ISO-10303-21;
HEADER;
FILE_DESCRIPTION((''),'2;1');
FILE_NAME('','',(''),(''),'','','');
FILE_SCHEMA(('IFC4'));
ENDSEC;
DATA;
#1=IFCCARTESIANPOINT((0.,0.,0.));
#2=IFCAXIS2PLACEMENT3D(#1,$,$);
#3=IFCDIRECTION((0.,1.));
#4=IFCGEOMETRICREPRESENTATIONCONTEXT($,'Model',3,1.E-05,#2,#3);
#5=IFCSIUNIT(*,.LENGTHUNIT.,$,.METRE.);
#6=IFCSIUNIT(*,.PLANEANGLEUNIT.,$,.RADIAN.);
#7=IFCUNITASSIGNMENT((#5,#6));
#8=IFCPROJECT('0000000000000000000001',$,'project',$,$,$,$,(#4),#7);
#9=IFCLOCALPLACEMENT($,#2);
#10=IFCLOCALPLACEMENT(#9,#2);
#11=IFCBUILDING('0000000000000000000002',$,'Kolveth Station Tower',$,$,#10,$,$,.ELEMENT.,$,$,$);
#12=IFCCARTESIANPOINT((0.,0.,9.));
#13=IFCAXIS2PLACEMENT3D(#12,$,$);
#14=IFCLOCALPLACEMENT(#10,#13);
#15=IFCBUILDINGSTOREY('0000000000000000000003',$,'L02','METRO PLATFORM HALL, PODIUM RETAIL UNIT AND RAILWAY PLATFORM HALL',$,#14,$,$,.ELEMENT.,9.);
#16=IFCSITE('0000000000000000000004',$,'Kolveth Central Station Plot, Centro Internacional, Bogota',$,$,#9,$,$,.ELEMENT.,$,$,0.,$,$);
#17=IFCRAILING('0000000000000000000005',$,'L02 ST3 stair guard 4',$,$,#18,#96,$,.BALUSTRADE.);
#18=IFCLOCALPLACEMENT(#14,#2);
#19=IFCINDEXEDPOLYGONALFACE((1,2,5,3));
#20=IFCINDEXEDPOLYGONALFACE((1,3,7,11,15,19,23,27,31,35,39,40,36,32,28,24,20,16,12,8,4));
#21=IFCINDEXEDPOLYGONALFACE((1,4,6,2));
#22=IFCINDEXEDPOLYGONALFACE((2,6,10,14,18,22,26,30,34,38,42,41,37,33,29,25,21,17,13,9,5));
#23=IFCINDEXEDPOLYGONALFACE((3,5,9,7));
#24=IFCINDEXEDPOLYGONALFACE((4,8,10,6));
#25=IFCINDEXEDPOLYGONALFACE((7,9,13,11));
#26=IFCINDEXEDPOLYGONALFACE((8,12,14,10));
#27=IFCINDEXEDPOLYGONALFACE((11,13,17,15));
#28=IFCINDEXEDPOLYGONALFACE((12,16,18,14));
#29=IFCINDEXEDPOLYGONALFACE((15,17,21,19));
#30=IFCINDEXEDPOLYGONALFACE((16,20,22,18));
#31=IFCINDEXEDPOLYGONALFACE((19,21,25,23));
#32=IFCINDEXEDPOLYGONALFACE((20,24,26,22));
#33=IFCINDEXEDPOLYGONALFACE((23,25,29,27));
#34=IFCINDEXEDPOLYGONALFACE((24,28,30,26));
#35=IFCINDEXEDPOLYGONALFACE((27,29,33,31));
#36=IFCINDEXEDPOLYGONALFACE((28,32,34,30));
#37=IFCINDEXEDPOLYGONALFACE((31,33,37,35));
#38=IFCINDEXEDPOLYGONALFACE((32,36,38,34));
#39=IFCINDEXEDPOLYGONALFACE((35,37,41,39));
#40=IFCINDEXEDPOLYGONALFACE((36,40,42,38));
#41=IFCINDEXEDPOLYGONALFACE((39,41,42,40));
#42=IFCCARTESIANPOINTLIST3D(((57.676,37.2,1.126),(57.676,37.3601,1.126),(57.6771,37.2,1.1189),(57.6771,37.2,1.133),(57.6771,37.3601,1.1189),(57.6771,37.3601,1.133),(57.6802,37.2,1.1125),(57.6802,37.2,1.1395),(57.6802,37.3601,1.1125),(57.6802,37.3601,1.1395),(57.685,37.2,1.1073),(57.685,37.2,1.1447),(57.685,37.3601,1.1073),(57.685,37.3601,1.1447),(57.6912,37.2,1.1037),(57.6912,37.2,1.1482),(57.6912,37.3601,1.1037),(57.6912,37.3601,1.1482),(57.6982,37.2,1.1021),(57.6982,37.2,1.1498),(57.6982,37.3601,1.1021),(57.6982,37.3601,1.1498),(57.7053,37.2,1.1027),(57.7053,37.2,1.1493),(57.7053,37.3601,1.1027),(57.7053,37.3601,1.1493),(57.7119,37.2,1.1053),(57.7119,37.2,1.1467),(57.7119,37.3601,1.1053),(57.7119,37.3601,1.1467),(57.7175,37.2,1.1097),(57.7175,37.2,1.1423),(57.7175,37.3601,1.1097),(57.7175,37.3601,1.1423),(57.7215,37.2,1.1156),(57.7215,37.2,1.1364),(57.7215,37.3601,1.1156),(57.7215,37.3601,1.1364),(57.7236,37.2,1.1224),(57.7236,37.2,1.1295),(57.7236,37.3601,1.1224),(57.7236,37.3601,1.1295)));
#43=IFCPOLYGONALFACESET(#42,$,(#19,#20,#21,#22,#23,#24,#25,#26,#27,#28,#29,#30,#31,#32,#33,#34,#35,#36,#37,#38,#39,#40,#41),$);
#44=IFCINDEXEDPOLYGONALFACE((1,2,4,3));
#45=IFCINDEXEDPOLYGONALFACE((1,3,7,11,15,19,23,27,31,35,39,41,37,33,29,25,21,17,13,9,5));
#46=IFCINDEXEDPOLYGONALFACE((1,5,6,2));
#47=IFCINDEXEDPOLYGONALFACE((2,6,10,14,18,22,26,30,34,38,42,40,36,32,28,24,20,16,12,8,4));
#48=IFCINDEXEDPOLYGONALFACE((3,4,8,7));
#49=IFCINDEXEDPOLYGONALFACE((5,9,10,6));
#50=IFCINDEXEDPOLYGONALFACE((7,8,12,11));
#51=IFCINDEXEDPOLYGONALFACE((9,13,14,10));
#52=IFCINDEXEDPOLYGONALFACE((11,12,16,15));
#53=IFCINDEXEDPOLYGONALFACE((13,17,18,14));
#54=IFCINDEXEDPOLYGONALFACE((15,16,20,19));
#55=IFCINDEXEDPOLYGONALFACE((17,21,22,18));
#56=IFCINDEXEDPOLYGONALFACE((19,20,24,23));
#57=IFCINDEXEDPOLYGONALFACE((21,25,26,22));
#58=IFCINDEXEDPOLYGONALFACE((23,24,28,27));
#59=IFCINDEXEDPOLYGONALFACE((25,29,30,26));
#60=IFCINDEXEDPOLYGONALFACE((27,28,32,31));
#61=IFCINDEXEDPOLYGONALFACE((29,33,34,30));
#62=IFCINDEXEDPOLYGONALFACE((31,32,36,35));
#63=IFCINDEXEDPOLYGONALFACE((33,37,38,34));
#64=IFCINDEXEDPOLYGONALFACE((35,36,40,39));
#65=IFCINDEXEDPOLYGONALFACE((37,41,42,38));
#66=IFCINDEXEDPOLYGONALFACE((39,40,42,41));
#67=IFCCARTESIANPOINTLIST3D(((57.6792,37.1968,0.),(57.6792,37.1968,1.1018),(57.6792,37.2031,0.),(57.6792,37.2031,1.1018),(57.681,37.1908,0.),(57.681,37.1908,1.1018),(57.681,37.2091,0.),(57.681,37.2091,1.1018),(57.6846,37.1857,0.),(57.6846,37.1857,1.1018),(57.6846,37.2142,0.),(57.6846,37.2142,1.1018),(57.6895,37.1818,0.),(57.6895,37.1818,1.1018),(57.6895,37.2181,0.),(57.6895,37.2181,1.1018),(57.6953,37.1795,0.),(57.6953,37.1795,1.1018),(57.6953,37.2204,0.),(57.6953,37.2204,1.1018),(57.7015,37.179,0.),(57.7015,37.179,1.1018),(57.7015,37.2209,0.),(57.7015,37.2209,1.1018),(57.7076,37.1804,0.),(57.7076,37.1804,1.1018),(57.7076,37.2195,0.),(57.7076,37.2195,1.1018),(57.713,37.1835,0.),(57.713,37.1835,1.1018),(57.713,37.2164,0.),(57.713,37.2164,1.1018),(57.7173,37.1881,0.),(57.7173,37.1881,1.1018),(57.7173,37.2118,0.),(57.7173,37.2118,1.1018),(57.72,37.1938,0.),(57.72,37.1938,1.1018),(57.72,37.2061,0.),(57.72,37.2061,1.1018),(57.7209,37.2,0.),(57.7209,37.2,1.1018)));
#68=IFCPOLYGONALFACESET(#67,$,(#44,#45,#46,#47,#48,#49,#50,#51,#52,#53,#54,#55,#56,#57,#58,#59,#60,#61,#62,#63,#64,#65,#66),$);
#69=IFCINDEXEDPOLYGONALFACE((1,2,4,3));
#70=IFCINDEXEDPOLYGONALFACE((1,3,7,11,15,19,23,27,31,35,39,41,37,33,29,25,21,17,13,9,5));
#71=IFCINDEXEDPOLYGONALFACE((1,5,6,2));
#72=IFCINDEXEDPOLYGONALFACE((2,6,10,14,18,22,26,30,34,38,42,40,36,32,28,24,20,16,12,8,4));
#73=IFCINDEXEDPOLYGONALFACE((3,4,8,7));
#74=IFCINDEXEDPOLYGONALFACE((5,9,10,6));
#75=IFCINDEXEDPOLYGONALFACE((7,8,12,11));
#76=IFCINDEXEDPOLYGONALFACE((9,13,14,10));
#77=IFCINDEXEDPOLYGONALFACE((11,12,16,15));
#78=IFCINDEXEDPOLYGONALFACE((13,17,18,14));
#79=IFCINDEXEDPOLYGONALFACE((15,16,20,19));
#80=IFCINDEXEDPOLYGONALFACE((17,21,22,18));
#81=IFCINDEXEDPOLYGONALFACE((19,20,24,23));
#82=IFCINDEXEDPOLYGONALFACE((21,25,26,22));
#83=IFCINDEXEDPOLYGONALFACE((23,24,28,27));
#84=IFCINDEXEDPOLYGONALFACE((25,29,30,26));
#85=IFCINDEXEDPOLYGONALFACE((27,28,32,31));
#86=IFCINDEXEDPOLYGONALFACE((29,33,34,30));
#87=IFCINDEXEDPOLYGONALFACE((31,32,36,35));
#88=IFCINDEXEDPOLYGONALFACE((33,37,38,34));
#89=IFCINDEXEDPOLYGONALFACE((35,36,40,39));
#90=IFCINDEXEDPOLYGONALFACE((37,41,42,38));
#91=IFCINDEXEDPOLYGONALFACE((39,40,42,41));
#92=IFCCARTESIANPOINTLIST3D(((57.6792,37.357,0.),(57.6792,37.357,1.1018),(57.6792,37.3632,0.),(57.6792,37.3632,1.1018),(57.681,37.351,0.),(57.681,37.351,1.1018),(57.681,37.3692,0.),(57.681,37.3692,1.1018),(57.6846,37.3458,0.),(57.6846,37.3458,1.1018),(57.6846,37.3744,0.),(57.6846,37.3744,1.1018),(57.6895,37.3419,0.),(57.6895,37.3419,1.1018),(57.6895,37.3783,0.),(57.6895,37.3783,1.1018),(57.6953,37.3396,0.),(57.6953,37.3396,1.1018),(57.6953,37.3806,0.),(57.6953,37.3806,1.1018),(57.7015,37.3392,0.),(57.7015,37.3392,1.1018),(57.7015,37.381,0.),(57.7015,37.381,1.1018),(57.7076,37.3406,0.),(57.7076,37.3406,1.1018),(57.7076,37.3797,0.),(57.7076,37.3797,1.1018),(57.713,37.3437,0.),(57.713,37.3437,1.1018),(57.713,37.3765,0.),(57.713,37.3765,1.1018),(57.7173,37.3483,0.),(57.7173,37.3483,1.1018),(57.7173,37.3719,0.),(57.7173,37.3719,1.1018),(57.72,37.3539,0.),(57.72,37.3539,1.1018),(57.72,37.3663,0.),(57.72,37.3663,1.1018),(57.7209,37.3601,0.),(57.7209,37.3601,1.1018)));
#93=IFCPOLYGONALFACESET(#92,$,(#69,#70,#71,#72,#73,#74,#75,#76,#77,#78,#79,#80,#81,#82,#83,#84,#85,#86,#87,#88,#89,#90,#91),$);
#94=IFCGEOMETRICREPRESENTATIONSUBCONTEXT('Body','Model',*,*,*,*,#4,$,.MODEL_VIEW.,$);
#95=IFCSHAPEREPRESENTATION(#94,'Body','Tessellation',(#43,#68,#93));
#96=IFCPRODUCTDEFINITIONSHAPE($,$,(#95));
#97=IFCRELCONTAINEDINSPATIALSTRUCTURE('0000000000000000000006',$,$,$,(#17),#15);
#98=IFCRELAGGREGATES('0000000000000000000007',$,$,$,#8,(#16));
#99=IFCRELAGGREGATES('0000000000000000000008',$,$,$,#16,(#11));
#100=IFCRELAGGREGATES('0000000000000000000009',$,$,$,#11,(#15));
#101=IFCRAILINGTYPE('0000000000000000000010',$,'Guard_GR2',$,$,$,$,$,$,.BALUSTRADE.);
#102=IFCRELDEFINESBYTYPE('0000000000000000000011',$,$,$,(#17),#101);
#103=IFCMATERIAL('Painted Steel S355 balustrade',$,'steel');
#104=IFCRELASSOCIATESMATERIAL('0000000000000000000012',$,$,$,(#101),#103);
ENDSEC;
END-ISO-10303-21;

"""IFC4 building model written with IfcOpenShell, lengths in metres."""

from ifc_helpers import new_model, si_unit, direction, frame, origin, origin_2d, place, context, subcontext, project, spatial, circle, extrude, material, type_object, element, save


model = new_model("IFC4")

# Units and contexts
model_context = context("Model", 3, precision=1e-05, world=origin(), true_north=direction((0.0, 1.0)))
body_context = subcontext(model_context, "Body", "Model", "MODEL_VIEW")
ifc_project = project(units=[si_unit("LENGTHUNIT", "METRE"), si_unit("PLANEANGLEUNIT", "RADIAN")], contexts=[model_context])

# Site, building, storey
site_placement = place(None, origin())
site = spatial("IfcSite", under=ifc_project, at=site_placement, Name="Kolveth Central Station Plot, Centro Internacional, Bogota", CompositionType="ELEMENT", RefElevation=0.0)
building_placement = place(site_placement, origin())
building = spatial("IfcBuilding", under=site, at=building_placement, Name="Kolveth Station Tower", CompositionType="ELEMENT")
storey_placement = place(building_placement, frame((0.0, 0.0, 9.0)))
storey = spatial("IfcBuildingStorey", under=building, at=storey_placement, Name="L02", Description="METRO PLATFORM HALL, PODIUM RETAIL UNIT AND RAILWAY PLATFORM HALL", CompositionType="ELEMENT", Elevation=9.0)

# Railing
ifc_material_1 = material(Name="Painted Steel S355 balustrade", Category="steel")
railing_type_1 = type_object("IfcRailingType", Name="Guard_GR2", PredefinedType="BALUSTRADE", material=ifc_material_1)
railing_1_placement = place(storey_placement, frame((57.7, 37.2, 0.0)))
element("IfcRailing", 1, at=railing_1_placement, inside=storey, type_object=railing_type_1, Name="L02 ST3 stair guard 4", PredefinedType="BALUSTRADE", context=body_context, shape_type="SweptSolid", body=[
    extrude(circle(Radius=0.0239, at=origin_2d()), frame((0.0, 0.0, 1.126), z_axis=(0.0, 1.0, 0.0), x_axis=(-1.0, 0.0, 0.0)), (0.0, 0.0, 1.0), 0.1602),
    extrude(circle(Radius=0.021, at=origin_2d()), origin(), (0.0, 0.0, 1.0), 1.1018),
    extrude(circle(Radius=0.021, at=origin_2d()), frame((0.0, 0.1602, 0.0)), (0.0, 0.0, 1.0), 1.1018),
])

save(model, "model.ifc")
